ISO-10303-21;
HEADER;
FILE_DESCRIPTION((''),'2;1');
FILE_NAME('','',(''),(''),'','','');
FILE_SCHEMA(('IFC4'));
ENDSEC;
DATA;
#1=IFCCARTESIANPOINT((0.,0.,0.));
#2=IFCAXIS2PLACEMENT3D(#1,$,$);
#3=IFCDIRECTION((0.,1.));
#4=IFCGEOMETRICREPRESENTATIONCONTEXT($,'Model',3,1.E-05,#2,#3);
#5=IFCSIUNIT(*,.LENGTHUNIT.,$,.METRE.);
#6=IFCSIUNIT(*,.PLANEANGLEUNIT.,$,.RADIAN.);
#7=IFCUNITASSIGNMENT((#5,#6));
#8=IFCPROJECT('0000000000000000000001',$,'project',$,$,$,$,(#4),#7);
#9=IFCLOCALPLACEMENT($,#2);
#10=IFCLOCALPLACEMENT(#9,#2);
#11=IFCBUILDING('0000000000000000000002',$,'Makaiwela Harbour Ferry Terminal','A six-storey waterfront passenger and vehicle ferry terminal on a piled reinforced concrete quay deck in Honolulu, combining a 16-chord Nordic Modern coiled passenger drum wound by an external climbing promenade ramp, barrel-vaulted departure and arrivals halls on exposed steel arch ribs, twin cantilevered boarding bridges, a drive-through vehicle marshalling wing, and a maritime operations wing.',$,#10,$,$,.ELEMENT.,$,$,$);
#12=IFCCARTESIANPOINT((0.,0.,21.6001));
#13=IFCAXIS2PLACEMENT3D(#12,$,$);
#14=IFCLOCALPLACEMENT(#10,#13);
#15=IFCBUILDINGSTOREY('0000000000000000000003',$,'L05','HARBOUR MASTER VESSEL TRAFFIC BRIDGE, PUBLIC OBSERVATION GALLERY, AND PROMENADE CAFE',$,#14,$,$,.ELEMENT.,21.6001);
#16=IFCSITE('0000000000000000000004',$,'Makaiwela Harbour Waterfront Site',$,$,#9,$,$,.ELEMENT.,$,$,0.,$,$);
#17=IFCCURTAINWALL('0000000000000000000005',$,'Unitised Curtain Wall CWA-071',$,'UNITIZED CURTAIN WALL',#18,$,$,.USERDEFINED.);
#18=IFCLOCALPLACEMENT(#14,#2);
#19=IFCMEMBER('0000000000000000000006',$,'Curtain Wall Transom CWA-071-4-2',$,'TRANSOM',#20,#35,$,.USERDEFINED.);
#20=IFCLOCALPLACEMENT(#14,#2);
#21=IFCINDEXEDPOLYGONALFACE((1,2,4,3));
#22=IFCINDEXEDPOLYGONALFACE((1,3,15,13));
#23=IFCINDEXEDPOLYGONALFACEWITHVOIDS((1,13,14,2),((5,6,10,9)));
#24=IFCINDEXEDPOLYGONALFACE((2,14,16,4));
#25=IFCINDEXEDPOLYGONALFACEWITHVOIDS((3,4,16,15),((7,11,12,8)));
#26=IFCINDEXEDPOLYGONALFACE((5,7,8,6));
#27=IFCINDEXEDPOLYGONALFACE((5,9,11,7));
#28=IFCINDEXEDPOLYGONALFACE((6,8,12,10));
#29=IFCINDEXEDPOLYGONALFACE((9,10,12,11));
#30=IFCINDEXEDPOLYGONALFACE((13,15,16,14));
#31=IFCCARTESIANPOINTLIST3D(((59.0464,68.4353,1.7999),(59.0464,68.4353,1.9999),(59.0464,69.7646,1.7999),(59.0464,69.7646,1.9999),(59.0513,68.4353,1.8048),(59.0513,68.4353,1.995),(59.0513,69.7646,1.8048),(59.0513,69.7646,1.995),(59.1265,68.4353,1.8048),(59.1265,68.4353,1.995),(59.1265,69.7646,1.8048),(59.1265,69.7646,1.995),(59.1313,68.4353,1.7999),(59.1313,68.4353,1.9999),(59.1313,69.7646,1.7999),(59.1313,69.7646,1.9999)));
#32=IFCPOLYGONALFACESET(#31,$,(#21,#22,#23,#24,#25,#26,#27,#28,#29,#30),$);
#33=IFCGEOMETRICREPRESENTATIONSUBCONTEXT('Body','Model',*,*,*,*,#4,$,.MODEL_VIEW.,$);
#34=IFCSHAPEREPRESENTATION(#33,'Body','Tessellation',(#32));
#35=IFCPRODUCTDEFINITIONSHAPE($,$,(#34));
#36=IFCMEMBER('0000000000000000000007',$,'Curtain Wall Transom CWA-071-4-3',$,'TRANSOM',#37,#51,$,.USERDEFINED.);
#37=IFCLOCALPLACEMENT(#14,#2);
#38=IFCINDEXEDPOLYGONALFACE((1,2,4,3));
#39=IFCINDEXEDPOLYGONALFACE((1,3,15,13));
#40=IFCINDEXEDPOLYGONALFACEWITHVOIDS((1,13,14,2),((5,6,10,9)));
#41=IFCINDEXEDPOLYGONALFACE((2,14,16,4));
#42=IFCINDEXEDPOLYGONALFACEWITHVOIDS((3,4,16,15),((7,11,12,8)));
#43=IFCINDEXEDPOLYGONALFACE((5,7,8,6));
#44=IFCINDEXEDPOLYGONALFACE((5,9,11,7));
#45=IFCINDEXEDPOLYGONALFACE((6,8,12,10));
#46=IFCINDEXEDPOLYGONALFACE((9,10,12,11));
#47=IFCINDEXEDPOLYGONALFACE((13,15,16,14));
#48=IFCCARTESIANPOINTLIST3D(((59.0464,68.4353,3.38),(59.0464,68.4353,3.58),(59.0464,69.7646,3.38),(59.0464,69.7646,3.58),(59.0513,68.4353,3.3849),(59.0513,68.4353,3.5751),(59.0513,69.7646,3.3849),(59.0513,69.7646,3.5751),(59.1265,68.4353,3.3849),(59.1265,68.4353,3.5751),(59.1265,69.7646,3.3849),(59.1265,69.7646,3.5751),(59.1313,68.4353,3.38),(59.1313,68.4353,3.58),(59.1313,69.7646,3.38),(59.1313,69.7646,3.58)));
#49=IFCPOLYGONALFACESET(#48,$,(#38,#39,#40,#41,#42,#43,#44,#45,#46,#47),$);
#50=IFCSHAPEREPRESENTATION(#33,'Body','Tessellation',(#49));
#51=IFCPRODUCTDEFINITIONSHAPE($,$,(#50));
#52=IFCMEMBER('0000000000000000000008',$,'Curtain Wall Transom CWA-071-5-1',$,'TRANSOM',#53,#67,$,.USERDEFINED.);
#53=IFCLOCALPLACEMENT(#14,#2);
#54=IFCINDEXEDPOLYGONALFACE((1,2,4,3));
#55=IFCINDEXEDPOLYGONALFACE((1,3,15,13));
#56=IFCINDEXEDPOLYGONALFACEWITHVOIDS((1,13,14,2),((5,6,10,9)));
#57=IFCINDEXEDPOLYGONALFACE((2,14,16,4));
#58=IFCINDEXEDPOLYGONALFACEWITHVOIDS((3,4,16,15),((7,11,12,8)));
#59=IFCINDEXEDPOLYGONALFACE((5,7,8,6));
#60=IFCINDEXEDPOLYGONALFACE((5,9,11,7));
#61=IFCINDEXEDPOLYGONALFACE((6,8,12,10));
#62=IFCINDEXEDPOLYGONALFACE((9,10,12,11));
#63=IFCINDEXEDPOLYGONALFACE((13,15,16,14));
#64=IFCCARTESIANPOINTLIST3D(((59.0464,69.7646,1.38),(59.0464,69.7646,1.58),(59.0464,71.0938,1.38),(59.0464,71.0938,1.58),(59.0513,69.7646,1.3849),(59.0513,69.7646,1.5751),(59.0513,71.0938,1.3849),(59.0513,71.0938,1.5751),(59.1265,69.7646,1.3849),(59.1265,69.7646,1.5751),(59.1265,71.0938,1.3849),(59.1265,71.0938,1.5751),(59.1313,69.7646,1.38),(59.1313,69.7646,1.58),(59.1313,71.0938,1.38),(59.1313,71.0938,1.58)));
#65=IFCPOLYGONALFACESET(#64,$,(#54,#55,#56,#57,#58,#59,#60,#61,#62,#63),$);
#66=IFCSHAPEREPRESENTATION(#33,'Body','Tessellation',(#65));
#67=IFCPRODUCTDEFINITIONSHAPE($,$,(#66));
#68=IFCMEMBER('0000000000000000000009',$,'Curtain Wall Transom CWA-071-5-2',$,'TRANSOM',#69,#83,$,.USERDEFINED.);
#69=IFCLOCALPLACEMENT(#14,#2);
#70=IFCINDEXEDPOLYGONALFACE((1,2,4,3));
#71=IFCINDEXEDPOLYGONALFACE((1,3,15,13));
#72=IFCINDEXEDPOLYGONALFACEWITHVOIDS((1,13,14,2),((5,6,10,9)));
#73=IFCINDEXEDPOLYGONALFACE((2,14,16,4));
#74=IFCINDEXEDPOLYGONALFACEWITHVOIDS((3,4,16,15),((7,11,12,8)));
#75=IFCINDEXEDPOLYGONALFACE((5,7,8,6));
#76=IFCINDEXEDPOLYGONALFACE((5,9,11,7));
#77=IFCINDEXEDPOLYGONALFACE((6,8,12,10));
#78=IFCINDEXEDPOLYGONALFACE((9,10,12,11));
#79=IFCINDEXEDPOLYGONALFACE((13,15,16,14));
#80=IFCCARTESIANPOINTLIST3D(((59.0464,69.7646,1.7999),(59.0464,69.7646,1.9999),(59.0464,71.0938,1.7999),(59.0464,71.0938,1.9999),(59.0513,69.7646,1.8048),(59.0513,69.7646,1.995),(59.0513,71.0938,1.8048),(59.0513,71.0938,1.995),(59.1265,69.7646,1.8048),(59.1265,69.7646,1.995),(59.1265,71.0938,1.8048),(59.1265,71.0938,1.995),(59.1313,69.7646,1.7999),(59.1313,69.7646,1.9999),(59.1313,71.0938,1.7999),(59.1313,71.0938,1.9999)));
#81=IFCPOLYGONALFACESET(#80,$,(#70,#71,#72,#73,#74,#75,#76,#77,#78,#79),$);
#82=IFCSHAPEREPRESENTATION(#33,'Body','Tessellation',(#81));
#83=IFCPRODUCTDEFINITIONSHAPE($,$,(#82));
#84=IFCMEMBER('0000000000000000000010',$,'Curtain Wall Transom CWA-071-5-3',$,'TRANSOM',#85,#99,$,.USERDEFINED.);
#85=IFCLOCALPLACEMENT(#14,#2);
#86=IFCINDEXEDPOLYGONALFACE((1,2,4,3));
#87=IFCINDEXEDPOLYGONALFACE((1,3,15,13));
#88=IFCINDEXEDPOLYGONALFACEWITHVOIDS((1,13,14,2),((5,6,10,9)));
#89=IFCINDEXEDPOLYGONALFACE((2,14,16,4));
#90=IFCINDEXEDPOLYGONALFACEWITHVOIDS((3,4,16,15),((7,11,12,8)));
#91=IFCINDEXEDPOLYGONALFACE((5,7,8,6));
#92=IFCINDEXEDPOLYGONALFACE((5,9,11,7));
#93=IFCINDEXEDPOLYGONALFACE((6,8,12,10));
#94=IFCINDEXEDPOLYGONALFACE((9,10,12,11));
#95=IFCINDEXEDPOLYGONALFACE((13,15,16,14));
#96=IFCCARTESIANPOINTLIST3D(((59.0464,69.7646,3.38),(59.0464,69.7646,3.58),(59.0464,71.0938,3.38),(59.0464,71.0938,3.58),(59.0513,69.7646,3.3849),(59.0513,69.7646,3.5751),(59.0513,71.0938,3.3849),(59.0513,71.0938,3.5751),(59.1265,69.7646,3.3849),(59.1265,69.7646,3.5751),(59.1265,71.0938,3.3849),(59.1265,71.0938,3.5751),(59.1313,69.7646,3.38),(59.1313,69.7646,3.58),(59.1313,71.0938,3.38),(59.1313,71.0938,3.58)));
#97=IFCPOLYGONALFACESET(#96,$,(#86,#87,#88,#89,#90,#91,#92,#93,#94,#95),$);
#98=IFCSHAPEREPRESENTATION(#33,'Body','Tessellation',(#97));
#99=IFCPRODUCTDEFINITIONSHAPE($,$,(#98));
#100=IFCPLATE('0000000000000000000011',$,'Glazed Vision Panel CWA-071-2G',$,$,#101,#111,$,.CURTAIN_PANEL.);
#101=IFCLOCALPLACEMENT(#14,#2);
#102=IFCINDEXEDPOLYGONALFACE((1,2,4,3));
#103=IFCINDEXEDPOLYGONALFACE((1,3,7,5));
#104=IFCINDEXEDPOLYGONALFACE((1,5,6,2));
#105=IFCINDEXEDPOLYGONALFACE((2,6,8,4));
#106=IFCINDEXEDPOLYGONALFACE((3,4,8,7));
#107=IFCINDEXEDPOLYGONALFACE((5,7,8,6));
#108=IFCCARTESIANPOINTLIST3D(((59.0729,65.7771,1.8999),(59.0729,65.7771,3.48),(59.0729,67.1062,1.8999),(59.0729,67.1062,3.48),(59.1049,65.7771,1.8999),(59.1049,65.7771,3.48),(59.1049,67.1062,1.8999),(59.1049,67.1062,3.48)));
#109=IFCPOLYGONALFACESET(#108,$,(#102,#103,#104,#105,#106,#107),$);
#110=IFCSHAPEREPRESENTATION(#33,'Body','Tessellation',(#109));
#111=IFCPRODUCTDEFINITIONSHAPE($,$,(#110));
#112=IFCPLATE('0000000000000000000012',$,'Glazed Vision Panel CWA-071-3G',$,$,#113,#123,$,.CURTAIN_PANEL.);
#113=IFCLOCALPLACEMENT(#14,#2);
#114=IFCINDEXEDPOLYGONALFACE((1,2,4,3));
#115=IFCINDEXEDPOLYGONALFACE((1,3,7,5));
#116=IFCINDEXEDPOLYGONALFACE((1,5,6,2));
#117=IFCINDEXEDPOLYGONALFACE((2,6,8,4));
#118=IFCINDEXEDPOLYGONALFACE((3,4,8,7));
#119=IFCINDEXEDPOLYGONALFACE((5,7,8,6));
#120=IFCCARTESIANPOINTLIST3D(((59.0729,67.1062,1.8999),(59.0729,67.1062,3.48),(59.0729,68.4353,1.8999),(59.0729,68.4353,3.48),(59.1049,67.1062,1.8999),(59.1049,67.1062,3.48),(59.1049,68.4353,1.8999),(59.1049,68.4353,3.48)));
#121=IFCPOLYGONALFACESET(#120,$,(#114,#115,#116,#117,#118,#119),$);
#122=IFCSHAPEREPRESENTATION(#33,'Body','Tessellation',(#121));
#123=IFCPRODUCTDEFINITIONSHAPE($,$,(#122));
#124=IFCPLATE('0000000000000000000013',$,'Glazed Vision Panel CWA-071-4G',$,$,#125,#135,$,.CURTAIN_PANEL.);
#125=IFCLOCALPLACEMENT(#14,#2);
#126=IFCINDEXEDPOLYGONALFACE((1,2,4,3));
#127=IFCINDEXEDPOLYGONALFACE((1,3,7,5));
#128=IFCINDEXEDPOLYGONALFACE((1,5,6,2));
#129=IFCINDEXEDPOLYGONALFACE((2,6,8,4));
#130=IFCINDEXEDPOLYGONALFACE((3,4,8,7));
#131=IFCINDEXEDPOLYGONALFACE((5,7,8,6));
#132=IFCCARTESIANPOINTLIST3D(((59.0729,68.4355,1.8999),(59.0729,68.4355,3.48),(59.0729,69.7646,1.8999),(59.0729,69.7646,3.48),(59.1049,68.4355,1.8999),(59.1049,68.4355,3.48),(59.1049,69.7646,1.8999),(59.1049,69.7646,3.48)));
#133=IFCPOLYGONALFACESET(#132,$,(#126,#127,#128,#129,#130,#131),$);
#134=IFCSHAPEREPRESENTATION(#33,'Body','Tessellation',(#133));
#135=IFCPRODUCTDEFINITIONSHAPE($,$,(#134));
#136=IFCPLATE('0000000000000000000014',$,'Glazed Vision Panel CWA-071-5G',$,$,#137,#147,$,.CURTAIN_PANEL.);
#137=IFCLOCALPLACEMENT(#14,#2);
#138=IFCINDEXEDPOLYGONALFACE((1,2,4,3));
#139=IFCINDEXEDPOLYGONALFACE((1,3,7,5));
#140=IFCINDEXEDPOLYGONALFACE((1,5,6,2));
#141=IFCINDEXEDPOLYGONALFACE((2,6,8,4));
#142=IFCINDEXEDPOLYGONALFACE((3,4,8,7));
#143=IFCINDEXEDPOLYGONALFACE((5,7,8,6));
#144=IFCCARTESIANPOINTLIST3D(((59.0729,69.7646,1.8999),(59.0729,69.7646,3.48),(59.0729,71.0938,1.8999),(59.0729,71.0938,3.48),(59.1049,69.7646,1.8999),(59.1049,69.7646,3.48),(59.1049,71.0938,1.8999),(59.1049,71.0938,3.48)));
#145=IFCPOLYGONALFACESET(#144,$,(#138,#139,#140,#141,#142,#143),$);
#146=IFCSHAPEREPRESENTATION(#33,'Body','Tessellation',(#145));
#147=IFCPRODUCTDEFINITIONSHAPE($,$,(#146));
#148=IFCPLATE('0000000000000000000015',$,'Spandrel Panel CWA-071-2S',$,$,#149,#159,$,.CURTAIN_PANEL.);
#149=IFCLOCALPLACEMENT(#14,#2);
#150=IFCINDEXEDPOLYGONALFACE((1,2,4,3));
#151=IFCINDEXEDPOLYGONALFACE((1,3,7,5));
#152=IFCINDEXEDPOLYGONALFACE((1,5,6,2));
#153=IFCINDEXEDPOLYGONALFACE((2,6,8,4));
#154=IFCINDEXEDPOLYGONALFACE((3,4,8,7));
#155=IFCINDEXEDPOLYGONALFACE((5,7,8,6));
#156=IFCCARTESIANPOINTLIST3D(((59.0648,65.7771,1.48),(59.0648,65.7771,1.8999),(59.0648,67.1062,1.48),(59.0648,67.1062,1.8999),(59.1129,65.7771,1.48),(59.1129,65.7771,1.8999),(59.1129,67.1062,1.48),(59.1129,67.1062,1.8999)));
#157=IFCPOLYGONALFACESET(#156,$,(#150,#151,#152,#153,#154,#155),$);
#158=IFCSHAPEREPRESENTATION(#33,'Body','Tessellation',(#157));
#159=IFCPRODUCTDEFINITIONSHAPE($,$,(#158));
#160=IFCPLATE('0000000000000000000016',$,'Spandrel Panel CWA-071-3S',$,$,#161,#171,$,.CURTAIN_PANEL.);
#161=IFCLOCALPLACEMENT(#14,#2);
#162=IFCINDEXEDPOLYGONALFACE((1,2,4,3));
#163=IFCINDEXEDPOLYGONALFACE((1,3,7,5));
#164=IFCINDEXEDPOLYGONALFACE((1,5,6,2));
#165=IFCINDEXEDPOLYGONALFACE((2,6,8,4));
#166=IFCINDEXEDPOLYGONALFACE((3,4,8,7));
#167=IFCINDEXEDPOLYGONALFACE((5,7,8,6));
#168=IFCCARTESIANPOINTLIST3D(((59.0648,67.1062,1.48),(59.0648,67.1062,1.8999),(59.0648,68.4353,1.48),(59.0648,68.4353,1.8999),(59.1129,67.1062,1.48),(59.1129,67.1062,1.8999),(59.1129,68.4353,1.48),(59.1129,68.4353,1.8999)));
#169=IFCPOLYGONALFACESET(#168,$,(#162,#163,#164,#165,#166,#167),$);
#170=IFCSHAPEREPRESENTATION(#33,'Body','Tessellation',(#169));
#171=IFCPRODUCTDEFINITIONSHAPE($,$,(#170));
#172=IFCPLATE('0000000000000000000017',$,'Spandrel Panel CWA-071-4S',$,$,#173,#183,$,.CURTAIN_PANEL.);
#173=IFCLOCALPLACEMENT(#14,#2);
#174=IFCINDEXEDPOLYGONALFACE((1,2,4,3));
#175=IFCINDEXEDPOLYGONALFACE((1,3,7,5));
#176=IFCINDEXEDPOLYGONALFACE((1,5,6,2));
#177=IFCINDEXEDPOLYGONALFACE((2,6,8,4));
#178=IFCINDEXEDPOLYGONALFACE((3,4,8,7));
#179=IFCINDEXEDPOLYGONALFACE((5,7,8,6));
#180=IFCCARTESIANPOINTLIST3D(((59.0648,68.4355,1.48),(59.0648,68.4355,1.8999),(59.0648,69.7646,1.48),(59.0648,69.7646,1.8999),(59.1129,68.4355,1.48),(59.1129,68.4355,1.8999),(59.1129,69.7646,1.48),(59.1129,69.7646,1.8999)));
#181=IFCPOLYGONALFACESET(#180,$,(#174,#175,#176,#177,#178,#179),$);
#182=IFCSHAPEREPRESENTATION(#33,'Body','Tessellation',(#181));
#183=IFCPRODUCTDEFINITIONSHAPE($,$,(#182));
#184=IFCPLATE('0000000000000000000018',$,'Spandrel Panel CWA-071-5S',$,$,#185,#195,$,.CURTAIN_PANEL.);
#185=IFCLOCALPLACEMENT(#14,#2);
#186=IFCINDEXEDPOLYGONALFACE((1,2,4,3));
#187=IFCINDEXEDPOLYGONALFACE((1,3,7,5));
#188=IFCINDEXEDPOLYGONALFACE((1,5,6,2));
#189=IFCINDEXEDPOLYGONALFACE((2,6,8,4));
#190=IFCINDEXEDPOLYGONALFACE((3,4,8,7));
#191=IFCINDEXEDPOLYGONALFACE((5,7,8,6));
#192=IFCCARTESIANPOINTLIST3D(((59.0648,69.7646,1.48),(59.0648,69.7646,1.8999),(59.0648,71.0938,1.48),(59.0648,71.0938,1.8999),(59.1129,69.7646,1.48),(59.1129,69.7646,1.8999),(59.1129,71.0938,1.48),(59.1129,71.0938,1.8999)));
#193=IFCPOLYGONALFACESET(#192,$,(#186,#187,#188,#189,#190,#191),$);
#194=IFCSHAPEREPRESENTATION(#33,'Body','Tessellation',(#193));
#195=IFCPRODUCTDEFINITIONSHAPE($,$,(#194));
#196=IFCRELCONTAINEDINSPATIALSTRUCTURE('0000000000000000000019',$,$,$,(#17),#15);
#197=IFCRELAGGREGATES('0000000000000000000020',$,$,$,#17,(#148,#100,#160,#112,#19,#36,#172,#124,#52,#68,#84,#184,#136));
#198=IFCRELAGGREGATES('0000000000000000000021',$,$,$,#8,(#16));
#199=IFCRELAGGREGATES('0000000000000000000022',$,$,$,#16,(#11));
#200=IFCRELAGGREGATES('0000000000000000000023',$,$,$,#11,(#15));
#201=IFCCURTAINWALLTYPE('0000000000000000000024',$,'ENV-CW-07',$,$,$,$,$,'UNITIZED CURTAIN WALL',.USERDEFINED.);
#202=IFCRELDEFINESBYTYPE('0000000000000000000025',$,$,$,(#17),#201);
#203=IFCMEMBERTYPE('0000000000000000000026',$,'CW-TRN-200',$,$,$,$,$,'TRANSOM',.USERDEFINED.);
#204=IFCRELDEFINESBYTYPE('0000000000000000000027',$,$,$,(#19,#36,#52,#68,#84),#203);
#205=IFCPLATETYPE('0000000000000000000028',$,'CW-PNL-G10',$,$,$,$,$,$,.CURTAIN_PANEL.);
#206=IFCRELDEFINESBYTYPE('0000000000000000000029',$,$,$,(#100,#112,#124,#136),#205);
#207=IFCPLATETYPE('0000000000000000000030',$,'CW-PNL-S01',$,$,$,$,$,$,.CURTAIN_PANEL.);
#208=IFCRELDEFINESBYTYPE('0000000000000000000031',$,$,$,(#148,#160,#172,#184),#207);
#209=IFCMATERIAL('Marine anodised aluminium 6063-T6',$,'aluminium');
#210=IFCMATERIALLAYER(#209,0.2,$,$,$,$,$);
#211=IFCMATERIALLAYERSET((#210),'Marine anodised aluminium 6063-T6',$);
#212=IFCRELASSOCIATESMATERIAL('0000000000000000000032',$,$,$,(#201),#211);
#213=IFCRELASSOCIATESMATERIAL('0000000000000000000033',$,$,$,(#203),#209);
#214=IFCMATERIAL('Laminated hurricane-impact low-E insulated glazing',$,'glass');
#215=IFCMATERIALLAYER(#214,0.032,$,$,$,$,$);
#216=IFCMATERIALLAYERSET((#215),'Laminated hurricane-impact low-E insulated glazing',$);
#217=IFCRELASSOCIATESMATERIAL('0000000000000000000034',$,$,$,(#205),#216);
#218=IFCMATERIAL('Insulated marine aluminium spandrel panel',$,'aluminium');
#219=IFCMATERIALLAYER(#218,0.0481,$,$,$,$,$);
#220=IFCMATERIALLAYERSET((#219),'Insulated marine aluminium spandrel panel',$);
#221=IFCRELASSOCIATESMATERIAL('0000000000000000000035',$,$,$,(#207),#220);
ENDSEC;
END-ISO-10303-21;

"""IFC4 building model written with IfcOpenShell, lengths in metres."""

from ifc_helpers import new_model, si_unit, direction, frame, origin, origin_2d, place, context, subcontext, project, spatial, rectangle, hollow_rectangle, extrude, material, layer, layer_set, material_profile, profile_set, type_object, element, aggregate, save


model = new_model("IFC4")

# Units and contexts
model_context = context("Model", 3, precision=1e-05, world=origin(), true_north=direction((0.0, 1.0)))
body_context = subcontext(model_context, "Body", "Model", "MODEL_VIEW")
ifc_project = project(units=[si_unit("LENGTHUNIT", "METRE"), si_unit("PLANEANGLEUNIT", "RADIAN")], contexts=[model_context])

# Site, building, storey
site_placement = place(None, origin())
site = spatial("IfcSite", under=ifc_project, at=site_placement, Name="Makaiwela Harbour Waterfront Site", CompositionType="ELEMENT", RefElevation=0.0)
building_placement = place(site_placement, origin())
building = spatial("IfcBuilding", under=site, at=building_placement, Name="Makaiwela Harbour Ferry Terminal", Description="A six-storey waterfront passenger and vehicle ferry terminal on a piled reinforced concrete quay deck in Honolulu, combining a 16-chord Nordic Modern coiled passenger drum wound by an external climbing promenade ramp, barrel-vaulted departure and arrivals halls on exposed steel arch ribs, twin cantilevered boarding bridges, a drive-through vehicle marshalling wing, and a maritime operations wing.", CompositionType="ELEMENT")
storey_placement = place(building_placement, frame((0.0, 0.0, 21.6001)))
storey = spatial("IfcBuildingStorey", under=building, at=storey_placement, Name="L05", Description="HARBOUR MASTER VESSEL TRAFFIC BRIDGE, PUBLIC OBSERVATION GALLERY, AND PROMENADE CAFE", CompositionType="ELEMENT", Elevation=21.6001)

# Curtain wall, members, plates
ifc_material_1 = material(Name="Marine anodised aluminium 6063-T6", Category="aluminium")
ifc_layer_1 = layer(ifc_material_1, 0.2)
ifc_layer_set_1 = layer_set([ifc_layer_1], Name="Marine anodised aluminium 6063-T6")
curtain_wall_type = type_object("IfcCurtainWallType", Name="ENV-CW-07", ElementType="UNITIZED CURTAIN WALL", PredefinedType="USERDEFINED", material=ifc_layer_set_1)
curtain_wall_placement = place(storey_placement, origin())
curtain_wall = element("IfcCurtainWall", 1, at=curtain_wall_placement, inside=storey, type_object=curtain_wall_type, Name="Unitised Curtain Wall CWA-071", ObjectType="UNITIZED CURTAIN WALL", PredefinedType="USERDEFINED")
ifc_material_profile_1 = material_profile(ifc_material_1, hollow_rectangle(XDim=0.085, YDim=0.2, WallThickness=0.0049, at=origin_2d()), Name="CWT-200X85")
ifc_profile_set_1 = profile_set([ifc_material_profile_1], Name="Marine anodised aluminium 6063-T6")
member_type_1 = type_object("IfcMemberType", Name="CW-TRN-200", ElementType="TRANSOM", PredefinedType="USERDEFINED", material=ifc_profile_set_1)
member_1_placement = place(storey_placement, frame((59.0889, 68.4353, 1.8999), z_axis=(0.0, 1.0, 0.0), x_axis=(-1.0, 0.0, 0.0)))
member_1 = element("IfcMember", 2, at=member_1_placement, type_object=member_type_1, Name="Curtain Wall Transom CWA-071-4-2", ObjectType="TRANSOM", PredefinedType="USERDEFINED", context=body_context, shape_type="SweptSolid", body=[
    extrude(hollow_rectangle(XDim=0.085, YDim=0.2, WallThickness=0.0049, at=origin_2d()), origin(), (0.0, 0.0, 1.0), 1.3293),
])
member_2_placement = place(storey_placement, frame((59.0889, 68.4353, 3.48), z_axis=(0.0, 1.0, 0.0), x_axis=(-1.0, 0.0, 0.0)))
member_2 = element("IfcMember", 3, at=member_2_placement, type_object=member_type_1, Name="Curtain Wall Transom CWA-071-4-3", ObjectType="TRANSOM", PredefinedType="USERDEFINED", context=body_context, shape_type="SweptSolid", body=[
    extrude(hollow_rectangle(XDim=0.085, YDim=0.2, WallThickness=0.0049, at=origin_2d()), origin(), (0.0, 0.0, 1.0), 1.3293),
])
member_3_placement = place(storey_placement, frame((59.0889, 69.7646, 1.48), z_axis=(0.0, 1.0, 0.0), x_axis=(-1.0, 0.0, 0.0)))
member_3 = element("IfcMember", 4, at=member_3_placement, type_object=member_type_1, Name="Curtain Wall Transom CWA-071-5-1", ObjectType="TRANSOM", PredefinedType="USERDEFINED", context=body_context, shape_type="SweptSolid", body=[
    extrude(hollow_rectangle(XDim=0.085, YDim=0.2, WallThickness=0.0049, at=origin_2d()), origin(), (0.0, 0.0, 1.0), 1.3291),
])
member_4_placement = place(storey_placement, frame((59.0889, 69.7646, 1.8999), z_axis=(0.0, 1.0, 0.0), x_axis=(-1.0, 0.0, 0.0)))
member_4 = element("IfcMember", 5, at=member_4_placement, type_object=member_type_1, Name="Curtain Wall Transom CWA-071-5-2", ObjectType="TRANSOM", PredefinedType="USERDEFINED", context=body_context, shape_type="SweptSolid", body=[
    extrude(hollow_rectangle(XDim=0.085, YDim=0.2, WallThickness=0.0049, at=origin_2d()), origin(), (0.0, 0.0, 1.0), 1.3291),
])
member_5_placement = place(storey_placement, frame((59.0889, 69.7646, 3.48), z_axis=(0.0, 1.0, 0.0), x_axis=(-1.0, 0.0, 0.0)))
member_5 = element("IfcMember", 6, at=member_5_placement, type_object=member_type_1, Name="Curtain Wall Transom CWA-071-5-3", ObjectType="TRANSOM", PredefinedType="USERDEFINED", context=body_context, shape_type="SweptSolid", body=[
    extrude(hollow_rectangle(XDim=0.085, YDim=0.2, WallThickness=0.0049, at=origin_2d()), origin(), (0.0, 0.0, 1.0), 1.3291),
])
ifc_material_2 = material(Name="Laminated hurricane-impact low-E insulated glazing", Category="glass")
ifc_layer_2 = layer(ifc_material_2, 0.032)
ifc_layer_set_2 = layer_set([ifc_layer_2], Name="Laminated hurricane-impact low-E insulated glazing")
plate_type_1 = type_object("IfcPlateType", Name="CW-PNL-G10", PredefinedType="CURTAIN_PANEL", material=ifc_layer_set_2)
plate_1_placement = place(storey_placement, frame((59.0889, 66.4417, 1.8999), z_axis=(0.0, 0.0, 1.0), x_axis=(0.0, 1.0, 0.0)))
plate_1 = element("IfcPlate", 7, at=plate_1_placement, type_object=plate_type_1, Name="Glazed Vision Panel CWA-071-2G", PredefinedType="CURTAIN_PANEL", context=body_context, shape_type="SweptSolid", body=[
    extrude(rectangle(XDim=1.3291, YDim=0.032, at=origin_2d()), origin(), (0.0, 0.0, 1.0), 1.5801),
])
plate_2_placement = place(storey_placement, frame((59.0889, 67.7708, 1.8999), z_axis=(0.0, 0.0, 1.0), x_axis=(0.0, 1.0, 0.0)))
plate_2 = element("IfcPlate", 8, at=plate_2_placement, type_object=plate_type_1, Name="Glazed Vision Panel CWA-071-3G", PredefinedType="CURTAIN_PANEL", context=body_context, shape_type="SweptSolid", body=[
    extrude(rectangle(XDim=1.3291, YDim=0.032, at=origin_2d()), origin(), (0.0, 0.0, 1.0), 1.5801),
])
plate_3_placement = place(storey_placement, frame((59.0889, 69.1001, 1.8999), z_axis=(0.0, 0.0, 1.0), x_axis=(0.0, 1.0, 0.0)))
plate_3 = element("IfcPlate", 9, at=plate_3_placement, type_object=plate_type_1, Name="Glazed Vision Panel CWA-071-4G", PredefinedType="CURTAIN_PANEL", context=body_context, shape_type="SweptSolid", body=[
    extrude(rectangle(XDim=1.3291, YDim=0.032, at=origin_2d()), origin(), (0.0, 0.0, 1.0), 1.5801),
])
plate_4_placement = place(storey_placement, frame((59.0889, 70.4292, 1.8999), z_axis=(0.0, 0.0, 1.0), x_axis=(0.0, 1.0, 0.0)))
plate_4 = element("IfcPlate", 10, at=plate_4_placement, type_object=plate_type_1, Name="Glazed Vision Panel CWA-071-5G", PredefinedType="CURTAIN_PANEL", context=body_context, shape_type="SweptSolid", body=[
    extrude(rectangle(XDim=1.3291, YDim=0.032, at=origin_2d()), origin(), (0.0, 0.0, 1.0), 1.5801),
])
ifc_material_3 = material(Name="Insulated marine aluminium spandrel panel", Category="aluminium")
ifc_layer_3 = layer(ifc_material_3, 0.0481)
ifc_layer_set_3 = layer_set([ifc_layer_3], Name="Insulated marine aluminium spandrel panel")
plate_type_2 = type_object("IfcPlateType", Name="CW-PNL-S01", PredefinedType="CURTAIN_PANEL", material=ifc_layer_set_3)
plate_5_placement = place(storey_placement, frame((59.0889, 66.4417, 1.48), z_axis=(0.0, 0.0, 1.0), x_axis=(0.0, 1.0, 0.0)))
plate_5 = element("IfcPlate", 11, at=plate_5_placement, type_object=plate_type_2, Name="Spandrel Panel CWA-071-2S", PredefinedType="CURTAIN_PANEL", context=body_context, shape_type="SweptSolid", body=[
    extrude(rectangle(XDim=1.3291, YDim=0.0481, at=origin_2d()), origin(), (0.0, 0.0, 1.0), 0.4199),
])
plate_6_placement = place(storey_placement, frame((59.0889, 67.7708, 1.48), z_axis=(0.0, 0.0, 1.0), x_axis=(0.0, 1.0, 0.0)))
plate_6 = element("IfcPlate", 12, at=plate_6_placement, type_object=plate_type_2, Name="Spandrel Panel CWA-071-3S", PredefinedType="CURTAIN_PANEL", context=body_context, shape_type="SweptSolid", body=[
    extrude(rectangle(XDim=1.3291, YDim=0.0481, at=origin_2d()), origin(), (0.0, 0.0, 1.0), 0.4199),
])
plate_7_placement = place(storey_placement, frame((59.0889, 69.1001, 1.48), z_axis=(0.0, 0.0, 1.0), x_axis=(0.0, 1.0, 0.0)))
plate_7 = element("IfcPlate", 13, at=plate_7_placement, type_object=plate_type_2, Name="Spandrel Panel CWA-071-4S", PredefinedType="CURTAIN_PANEL", context=body_context, shape_type="SweptSolid", body=[
    extrude(rectangle(XDim=1.3291, YDim=0.0481, at=origin_2d()), origin(), (0.0, 0.0, 1.0), 0.4199),
])
plate_8_placement = place(storey_placement, frame((59.0889, 70.4292, 1.48), z_axis=(0.0, 0.0, 1.0), x_axis=(0.0, 1.0, 0.0)))
plate_8 = element("IfcPlate", 14, at=plate_8_placement, type_object=plate_type_2, Name="Spandrel Panel CWA-071-5S", PredefinedType="CURTAIN_PANEL", context=body_context, shape_type="SweptSolid", body=[
    extrude(rectangle(XDim=1.3291, YDim=0.0481, at=origin_2d()), origin(), (0.0, 0.0, 1.0), 0.4199),
])
aggregate(curtain_wall, [plate_5, plate_1, plate_6, plate_2, member_1, member_2, plate_7, plate_3, member_3, member_4, member_5, plate_8, plate_4])

save(model, "model.ifc")
